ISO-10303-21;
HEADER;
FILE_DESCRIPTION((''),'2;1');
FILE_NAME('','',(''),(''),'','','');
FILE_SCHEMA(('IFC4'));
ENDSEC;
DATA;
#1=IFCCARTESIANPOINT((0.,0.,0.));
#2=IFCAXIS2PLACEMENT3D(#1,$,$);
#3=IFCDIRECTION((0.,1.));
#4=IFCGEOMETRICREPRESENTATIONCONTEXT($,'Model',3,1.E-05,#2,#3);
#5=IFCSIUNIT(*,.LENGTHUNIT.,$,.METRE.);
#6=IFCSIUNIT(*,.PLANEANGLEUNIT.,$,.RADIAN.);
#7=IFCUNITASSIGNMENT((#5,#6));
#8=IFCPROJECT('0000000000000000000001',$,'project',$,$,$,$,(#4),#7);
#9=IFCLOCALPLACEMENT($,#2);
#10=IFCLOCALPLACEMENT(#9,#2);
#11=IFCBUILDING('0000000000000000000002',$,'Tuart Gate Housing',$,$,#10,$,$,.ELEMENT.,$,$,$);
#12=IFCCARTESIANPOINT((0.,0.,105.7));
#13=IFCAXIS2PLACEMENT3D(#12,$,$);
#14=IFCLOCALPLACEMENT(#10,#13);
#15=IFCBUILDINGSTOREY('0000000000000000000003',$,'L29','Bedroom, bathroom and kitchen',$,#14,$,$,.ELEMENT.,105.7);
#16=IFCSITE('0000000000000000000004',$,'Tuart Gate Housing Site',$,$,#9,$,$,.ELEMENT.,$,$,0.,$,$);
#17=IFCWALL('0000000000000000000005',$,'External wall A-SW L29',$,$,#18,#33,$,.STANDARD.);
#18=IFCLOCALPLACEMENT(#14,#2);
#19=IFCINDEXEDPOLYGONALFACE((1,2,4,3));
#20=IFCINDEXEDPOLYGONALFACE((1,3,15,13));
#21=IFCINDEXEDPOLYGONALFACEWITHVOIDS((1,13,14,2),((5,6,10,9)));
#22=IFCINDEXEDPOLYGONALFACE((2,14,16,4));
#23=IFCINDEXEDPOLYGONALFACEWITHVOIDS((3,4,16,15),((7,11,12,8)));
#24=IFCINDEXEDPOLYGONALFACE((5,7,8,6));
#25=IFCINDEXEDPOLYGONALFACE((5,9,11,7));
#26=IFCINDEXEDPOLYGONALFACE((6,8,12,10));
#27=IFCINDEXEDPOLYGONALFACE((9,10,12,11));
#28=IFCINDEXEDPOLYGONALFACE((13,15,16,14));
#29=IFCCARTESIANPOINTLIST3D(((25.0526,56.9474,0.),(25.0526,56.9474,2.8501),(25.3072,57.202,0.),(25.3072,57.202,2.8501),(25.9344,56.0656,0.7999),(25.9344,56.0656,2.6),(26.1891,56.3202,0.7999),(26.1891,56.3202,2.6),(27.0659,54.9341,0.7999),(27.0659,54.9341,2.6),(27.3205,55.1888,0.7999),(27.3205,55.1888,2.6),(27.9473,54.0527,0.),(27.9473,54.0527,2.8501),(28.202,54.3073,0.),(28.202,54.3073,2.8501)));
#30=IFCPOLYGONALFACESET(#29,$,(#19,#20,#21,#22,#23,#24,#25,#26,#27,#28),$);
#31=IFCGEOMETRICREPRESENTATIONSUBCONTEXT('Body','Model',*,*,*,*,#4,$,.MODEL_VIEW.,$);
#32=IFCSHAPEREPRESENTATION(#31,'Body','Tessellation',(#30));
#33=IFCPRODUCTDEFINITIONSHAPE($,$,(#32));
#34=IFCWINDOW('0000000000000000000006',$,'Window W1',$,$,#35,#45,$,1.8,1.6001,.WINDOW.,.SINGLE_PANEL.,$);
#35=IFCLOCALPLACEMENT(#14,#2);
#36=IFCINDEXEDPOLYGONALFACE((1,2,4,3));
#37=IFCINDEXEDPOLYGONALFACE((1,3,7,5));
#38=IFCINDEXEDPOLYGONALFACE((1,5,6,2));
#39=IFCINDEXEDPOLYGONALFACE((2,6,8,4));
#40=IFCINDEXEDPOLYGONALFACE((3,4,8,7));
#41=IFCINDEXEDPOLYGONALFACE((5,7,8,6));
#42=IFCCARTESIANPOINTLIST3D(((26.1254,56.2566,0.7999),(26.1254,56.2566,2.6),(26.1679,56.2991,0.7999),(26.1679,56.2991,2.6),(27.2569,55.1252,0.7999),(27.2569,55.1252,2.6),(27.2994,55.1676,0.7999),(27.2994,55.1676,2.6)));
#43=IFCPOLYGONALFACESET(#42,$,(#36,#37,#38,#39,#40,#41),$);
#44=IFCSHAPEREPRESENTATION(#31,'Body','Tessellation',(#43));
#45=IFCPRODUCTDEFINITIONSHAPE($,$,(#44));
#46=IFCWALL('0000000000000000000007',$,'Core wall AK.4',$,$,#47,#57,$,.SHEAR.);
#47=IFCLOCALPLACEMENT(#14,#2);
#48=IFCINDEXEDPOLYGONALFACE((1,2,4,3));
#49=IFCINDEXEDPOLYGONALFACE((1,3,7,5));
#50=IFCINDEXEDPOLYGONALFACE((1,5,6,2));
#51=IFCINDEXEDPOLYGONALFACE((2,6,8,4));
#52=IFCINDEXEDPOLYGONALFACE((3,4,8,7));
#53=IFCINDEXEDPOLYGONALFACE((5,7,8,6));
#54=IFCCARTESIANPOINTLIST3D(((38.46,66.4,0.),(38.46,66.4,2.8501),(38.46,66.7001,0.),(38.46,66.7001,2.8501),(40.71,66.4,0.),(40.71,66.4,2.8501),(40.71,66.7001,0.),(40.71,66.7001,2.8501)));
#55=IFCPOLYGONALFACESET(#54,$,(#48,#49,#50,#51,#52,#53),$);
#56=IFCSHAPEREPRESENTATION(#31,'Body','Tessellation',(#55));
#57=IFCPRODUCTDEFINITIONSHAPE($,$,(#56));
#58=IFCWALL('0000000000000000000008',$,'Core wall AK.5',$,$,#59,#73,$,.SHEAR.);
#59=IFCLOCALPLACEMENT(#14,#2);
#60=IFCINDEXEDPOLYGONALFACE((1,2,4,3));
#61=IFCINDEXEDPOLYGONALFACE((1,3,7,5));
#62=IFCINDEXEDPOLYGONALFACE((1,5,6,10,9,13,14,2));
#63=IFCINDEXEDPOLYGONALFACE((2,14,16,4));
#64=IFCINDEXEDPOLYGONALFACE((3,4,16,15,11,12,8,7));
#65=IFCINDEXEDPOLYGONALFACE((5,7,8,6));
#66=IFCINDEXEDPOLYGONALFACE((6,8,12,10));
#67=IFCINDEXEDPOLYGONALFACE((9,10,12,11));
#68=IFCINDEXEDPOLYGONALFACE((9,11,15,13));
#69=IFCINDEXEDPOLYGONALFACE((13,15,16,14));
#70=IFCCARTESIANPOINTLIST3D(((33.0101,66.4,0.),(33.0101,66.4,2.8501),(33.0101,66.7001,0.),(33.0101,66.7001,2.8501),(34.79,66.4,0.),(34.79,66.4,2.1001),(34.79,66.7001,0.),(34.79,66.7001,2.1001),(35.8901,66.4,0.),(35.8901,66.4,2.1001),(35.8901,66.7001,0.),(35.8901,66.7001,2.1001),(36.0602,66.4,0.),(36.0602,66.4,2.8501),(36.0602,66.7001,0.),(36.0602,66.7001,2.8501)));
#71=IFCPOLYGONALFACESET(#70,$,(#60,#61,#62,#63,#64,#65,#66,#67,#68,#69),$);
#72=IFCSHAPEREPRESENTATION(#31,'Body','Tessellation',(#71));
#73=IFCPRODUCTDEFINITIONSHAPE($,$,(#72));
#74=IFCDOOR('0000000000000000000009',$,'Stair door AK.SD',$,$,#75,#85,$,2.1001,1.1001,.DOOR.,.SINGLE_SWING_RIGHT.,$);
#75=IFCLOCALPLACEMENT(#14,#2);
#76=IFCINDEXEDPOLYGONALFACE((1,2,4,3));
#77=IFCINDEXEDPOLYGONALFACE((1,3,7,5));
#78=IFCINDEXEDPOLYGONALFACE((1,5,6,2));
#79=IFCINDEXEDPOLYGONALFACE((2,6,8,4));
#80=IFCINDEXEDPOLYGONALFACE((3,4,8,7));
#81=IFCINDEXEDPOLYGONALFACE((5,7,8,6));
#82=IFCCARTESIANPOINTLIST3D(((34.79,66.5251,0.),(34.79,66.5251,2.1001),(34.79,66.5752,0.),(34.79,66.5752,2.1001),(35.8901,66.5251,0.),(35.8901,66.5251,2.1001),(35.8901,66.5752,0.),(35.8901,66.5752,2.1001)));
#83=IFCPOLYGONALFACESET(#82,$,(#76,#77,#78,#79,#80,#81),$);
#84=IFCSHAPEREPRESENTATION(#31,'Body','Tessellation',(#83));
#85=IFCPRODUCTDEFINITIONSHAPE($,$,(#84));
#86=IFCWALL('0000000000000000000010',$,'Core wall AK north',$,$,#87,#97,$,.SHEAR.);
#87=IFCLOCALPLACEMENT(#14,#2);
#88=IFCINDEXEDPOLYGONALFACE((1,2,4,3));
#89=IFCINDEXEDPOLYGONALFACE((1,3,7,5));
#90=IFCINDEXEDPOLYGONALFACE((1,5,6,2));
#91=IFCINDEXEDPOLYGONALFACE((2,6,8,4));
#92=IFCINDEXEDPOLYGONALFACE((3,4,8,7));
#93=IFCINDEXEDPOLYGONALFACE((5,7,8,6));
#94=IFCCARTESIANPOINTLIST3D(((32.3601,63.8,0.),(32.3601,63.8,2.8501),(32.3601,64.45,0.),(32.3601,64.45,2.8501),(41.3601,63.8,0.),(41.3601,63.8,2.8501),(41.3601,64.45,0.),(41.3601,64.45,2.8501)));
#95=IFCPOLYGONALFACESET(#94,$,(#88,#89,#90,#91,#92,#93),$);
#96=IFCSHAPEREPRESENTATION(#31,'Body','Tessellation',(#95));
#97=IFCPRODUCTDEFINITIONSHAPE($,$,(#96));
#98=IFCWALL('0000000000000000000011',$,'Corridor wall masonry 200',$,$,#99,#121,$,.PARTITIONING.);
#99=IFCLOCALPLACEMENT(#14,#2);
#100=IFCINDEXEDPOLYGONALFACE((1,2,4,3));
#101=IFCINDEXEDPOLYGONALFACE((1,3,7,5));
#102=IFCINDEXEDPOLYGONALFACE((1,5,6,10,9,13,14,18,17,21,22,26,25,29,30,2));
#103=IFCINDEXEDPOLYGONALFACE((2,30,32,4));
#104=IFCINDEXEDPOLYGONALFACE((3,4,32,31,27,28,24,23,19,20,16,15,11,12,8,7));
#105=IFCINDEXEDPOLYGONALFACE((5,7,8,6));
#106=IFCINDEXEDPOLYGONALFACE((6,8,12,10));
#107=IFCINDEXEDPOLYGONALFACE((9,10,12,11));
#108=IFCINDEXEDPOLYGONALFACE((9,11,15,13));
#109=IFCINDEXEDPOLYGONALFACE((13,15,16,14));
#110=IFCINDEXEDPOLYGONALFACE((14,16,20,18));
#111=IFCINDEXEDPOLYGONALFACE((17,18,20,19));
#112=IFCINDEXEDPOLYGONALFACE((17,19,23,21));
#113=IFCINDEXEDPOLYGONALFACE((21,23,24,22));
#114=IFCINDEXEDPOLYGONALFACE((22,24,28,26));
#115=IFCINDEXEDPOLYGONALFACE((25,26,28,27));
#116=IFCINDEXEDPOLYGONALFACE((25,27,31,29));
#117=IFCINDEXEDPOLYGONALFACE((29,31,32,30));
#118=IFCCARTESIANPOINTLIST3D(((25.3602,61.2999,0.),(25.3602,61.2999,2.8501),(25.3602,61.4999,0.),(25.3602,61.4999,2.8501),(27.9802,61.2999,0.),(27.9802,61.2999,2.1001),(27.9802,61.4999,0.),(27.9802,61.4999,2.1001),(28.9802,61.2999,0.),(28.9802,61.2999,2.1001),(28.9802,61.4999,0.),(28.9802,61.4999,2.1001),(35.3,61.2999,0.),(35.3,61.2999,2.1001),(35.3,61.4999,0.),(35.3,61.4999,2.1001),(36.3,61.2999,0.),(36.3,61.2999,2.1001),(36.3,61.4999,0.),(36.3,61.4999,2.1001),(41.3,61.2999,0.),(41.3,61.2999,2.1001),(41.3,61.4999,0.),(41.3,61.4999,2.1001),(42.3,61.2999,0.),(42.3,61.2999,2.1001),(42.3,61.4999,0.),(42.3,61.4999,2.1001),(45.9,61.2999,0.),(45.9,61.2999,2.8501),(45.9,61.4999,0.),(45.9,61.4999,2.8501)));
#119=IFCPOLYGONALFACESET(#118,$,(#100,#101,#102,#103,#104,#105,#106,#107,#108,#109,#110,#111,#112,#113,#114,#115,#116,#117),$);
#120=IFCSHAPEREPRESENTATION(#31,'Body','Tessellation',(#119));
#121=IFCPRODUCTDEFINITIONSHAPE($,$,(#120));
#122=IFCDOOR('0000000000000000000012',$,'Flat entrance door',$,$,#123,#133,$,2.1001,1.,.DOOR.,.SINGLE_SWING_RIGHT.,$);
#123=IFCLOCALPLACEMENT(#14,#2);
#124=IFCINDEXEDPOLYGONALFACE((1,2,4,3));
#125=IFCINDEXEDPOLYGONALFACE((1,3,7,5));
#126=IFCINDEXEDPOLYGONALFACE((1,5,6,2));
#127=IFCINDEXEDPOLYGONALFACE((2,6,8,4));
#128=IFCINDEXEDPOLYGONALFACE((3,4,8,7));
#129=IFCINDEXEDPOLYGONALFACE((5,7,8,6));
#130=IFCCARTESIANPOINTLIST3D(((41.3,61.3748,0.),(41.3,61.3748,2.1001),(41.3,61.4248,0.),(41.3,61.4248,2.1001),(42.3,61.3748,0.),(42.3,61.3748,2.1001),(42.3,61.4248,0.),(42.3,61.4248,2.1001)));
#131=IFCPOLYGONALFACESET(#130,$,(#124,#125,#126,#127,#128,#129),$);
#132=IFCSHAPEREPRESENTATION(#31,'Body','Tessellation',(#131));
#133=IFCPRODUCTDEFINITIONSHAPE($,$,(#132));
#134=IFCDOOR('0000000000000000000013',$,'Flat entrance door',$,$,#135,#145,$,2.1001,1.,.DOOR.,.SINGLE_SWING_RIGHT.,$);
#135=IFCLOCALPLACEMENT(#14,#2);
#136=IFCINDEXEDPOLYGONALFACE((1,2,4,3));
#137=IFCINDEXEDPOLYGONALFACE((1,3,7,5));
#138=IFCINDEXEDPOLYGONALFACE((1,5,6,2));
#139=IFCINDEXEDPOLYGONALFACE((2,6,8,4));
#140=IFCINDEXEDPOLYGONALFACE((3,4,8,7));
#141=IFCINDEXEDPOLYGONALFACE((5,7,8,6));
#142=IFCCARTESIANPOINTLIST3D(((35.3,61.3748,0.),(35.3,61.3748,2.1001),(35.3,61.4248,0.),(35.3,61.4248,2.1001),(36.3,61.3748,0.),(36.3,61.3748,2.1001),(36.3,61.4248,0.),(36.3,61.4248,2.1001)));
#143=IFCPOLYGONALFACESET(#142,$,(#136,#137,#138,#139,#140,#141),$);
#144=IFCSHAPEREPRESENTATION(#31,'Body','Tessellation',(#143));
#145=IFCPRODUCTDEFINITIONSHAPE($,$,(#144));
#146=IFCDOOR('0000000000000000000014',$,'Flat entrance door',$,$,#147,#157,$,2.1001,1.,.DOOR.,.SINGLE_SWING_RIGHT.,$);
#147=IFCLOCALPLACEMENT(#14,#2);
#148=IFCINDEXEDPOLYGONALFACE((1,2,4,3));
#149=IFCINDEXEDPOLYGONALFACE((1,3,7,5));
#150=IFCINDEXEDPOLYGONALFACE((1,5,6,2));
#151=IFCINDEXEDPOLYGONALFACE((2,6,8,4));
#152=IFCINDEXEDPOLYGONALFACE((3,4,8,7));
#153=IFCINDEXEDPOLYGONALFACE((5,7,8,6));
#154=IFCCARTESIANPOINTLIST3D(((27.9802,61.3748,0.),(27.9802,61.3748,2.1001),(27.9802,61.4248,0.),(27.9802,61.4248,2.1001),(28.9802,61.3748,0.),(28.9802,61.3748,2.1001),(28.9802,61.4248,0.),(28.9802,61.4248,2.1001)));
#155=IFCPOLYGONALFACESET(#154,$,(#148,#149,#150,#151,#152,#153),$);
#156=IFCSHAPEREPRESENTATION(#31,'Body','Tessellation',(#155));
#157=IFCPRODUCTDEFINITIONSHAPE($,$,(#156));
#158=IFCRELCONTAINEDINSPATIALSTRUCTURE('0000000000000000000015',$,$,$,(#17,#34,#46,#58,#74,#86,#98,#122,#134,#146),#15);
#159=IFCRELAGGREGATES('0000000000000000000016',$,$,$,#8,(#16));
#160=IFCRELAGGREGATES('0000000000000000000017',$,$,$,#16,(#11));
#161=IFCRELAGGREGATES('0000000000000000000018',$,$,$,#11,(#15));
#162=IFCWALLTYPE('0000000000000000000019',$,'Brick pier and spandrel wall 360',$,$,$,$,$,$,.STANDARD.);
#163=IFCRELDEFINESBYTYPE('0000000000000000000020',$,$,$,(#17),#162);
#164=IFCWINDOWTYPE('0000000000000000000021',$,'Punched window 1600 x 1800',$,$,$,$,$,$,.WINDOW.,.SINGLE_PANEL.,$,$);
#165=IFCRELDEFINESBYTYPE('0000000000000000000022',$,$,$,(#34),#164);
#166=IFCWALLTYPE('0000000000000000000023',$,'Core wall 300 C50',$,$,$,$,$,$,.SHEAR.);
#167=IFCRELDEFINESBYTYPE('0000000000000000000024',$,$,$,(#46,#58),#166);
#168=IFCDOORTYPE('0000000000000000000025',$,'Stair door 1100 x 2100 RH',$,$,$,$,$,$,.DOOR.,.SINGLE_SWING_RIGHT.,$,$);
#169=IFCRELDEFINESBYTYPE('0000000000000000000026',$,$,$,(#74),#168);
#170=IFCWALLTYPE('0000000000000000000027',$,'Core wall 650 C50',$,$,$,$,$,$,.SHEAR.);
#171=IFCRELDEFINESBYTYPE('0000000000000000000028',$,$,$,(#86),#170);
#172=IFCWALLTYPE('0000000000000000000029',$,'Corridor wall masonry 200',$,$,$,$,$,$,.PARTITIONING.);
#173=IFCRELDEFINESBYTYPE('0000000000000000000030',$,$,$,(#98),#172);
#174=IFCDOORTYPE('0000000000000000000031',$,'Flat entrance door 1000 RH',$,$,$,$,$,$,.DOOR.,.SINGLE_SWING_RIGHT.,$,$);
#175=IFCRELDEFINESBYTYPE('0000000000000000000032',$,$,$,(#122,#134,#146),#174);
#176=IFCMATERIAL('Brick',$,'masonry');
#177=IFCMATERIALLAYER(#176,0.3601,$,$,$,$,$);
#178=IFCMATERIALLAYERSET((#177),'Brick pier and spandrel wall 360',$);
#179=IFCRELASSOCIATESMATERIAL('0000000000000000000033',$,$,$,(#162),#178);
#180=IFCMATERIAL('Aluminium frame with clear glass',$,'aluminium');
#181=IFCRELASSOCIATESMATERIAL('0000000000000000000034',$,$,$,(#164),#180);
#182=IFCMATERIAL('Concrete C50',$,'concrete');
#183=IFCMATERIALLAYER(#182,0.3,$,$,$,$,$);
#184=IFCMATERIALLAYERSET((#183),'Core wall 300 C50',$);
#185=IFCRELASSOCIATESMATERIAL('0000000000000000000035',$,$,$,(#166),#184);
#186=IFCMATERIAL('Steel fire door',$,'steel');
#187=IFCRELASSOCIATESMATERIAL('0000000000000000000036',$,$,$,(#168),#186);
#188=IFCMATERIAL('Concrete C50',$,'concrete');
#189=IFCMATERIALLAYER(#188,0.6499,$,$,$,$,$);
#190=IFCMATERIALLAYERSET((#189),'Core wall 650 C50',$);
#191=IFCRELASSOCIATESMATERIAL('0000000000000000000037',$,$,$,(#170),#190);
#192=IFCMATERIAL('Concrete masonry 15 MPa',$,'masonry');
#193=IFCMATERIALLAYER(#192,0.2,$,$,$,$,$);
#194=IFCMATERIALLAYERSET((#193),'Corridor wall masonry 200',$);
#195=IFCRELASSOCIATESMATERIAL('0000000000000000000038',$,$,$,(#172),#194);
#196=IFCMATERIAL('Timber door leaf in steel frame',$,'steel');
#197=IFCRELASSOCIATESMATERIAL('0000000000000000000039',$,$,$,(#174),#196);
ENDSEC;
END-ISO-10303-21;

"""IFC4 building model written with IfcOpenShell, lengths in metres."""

from ifc_helpers import new_model, si_unit, direction, frame, frame_2d, origin, place, context, subcontext, project, spatial, rectangle, extrude, material, layer, layer_set, type_object, element, fill, save


model = new_model("IFC4")

# Units and contexts
model_context = context("Model", 3, precision=1e-05, world=origin(), true_north=direction((0.0, 1.0)))
body_context = subcontext(model_context, "Body", "Model", "MODEL_VIEW")
ifc_project = project(units=[si_unit("LENGTHUNIT", "METRE"), si_unit("PLANEANGLEUNIT", "RADIAN")], contexts=[model_context])

# Site, building, storey
site_placement = place(None, origin())
site = spatial("IfcSite", under=ifc_project, at=site_placement, Name="Tuart Gate Housing Site", CompositionType="ELEMENT", RefElevation=0.0)
building_placement = place(site_placement, origin())
building = spatial("IfcBuilding", under=site, at=building_placement, Name="Tuart Gate Housing", CompositionType="ELEMENT")
storey_placement = place(building_placement, frame((0.0, 0.0, 105.7)))
storey = spatial("IfcBuildingStorey", under=building, at=storey_placement, Name="L29", Description="Bedroom, bathroom and kitchen", CompositionType="ELEMENT", Elevation=105.7)

# Wall, opening, window
ifc_material_1 = material(Name="Brick", Category="masonry")
ifc_layer_1 = layer(ifc_material_1, 0.3601)
ifc_layer_set_1 = layer_set([ifc_layer_1], Name="Brick pier and spandrel wall 360")
wall_type_1 = type_object("IfcWallType", Name="Brick pier and spandrel wall 360", PredefinedType="STANDARD", material=ifc_layer_set_1)
wall_1_placement = place(storey_placement, frame((25.1799, 57.0747, 0.0), z_axis=(0.0, 0.0, 1.0), x_axis=(0.707107, -0.707107, 0.0)))
wall_1 = element("IfcWall", 1, at=wall_1_placement, inside=storey, type_object=wall_type_1, Name="External wall A-SW L29", PredefinedType="STANDARD", context=body_context, shape_type="SweptSolid", body=[
    extrude(rectangle(XDim=4.0938, YDim=0.3601, at=frame_2d((2.0469, 0.0))), origin(), (0.0, 0.0, 1.0), 2.8501),
])
opening_1_placement = place(wall_1_placement, frame((1.2471, 0.0, 0.8)))
opening_1 = element("IfcOpeningElement", 2, at=opening_1_placement, cuts=wall_1, PredefinedType="OPENING", context=body_context, shape_type="SweptSolid", body=[
    extrude(rectangle(XDim=1.6001, YDim=1.8, at=frame_2d((0.8, 0.8999))), frame((0.0, 0.1899, 0.0), z_axis=(0.0, -1.0, 0.0), x_axis=(1.0, 0.0, 0.0)), (0.0, 0.0, 1.0), 0.3801),
])
ifc_material_2 = material(Name="Aluminium frame with clear glass", Category="aluminium")
window_type = type_object("IfcWindowType", Name="Punched window 1600 x 1800", PartitioningType="SINGLE_PANEL", PredefinedType="WINDOW", material=ifc_material_2)
window_placement = place(opening_1_placement, origin())
window = element("IfcWindow", 3, at=window_placement, inside=storey, type_object=window_type, Name="Window W1", OverallHeight=1.8, OverallWidth=1.6001, PartitioningType="SINGLE_PANEL", PredefinedType="WINDOW", context=body_context, shape_type="SweptSolid", body=[
    extrude(rectangle(XDim=1.6001, YDim=1.8, at=frame_2d((0.8, 0.8999))), frame((0.0, 0.1501, 0.0), z_axis=(0.0, -1.0, 0.0), x_axis=(1.0, 0.0, 0.0)), (0.0, 0.0, 1.0), 0.0601),
])
fill(opening_1, window)

# Wall
ifc_material_3 = material(Name="Concrete C50", Category="concrete")
ifc_layer_2 = layer(ifc_material_3, 0.3)
ifc_layer_set_2 = layer_set([ifc_layer_2], Name="Core wall 300 C50")
wall_type_2 = type_object("IfcWallType", Name="Core wall 300 C50", PredefinedType="SHEAR", material=ifc_layer_set_2)
wall_2_placement = place(storey_placement, frame((40.71, 66.55, 0.0), z_axis=(0.0, 0.0, 1.0), x_axis=(-1.0, 0.0, 0.0)))
element("IfcWall", 4, at=wall_2_placement, inside=storey, type_object=wall_type_2, Name="Core wall AK.4", PredefinedType="SHEAR", context=body_context, shape_type="SweptSolid", body=[
    extrude(rectangle(XDim=2.25, YDim=0.3, at=frame_2d((1.125, 0.0))), origin(), (0.0, 0.0, 1.0), 2.8501),
])

# Wall, opening, door
wall_3_placement = place(storey_placement, frame((36.0601, 66.55, 0.0), z_axis=(0.0, 0.0, 1.0), x_axis=(-1.0, 0.0, 0.0)))
wall_3 = element("IfcWall", 5, at=wall_3_placement, inside=storey, type_object=wall_type_2, Name="Core wall AK.5", PredefinedType="SHEAR", context=body_context, shape_type="SweptSolid", body=[
    extrude(rectangle(XDim=3.05, YDim=0.3, at=frame_2d((1.5249, 0.0))), origin(), (0.0, 0.0, 1.0), 2.8501),
])
opening_2_placement = place(wall_3_placement, frame((0.1699, 0.0, 0.0)))
opening_2 = element("IfcOpeningElement", 6, at=opening_2_placement, cuts=wall_3, PredefinedType="OPENING", context=body_context, shape_type="SweptSolid", body=[
    extrude(rectangle(XDim=1.1001, YDim=2.1001, at=frame_2d((0.55, 1.05))), frame((0.0, 0.1599, 0.0), z_axis=(0.0, -1.0, 0.0), x_axis=(1.0, 0.0, 0.0)), (0.0, 0.0, 1.0), 0.3201),
])
ifc_material_4 = material(Name="Steel fire door", Category="steel")
door_type_1 = type_object("IfcDoorType", Name="Stair door 1100 x 2100 RH", OperationType="SINGLE_SWING_RIGHT", PredefinedType="DOOR", material=ifc_material_4)
door_1_placement = place(opening_2_placement, frame((1.1001, 0.0, 0.0), z_axis=(0.0, 0.0, 1.0), x_axis=(-1.0, 0.0, 0.0)))
door_1 = element("IfcDoor", 7, at=door_1_placement, inside=storey, type_object=door_type_1, Name="Stair door AK.SD", OperationType="SINGLE_SWING_RIGHT", OverallHeight=2.1001, OverallWidth=1.1001, PredefinedType="DOOR", context=body_context, shape_type="SweptSolid", body=[
    extrude(rectangle(XDim=1.1001, YDim=2.1001, at=frame_2d((0.55, 1.05))), frame((0.0, 0.0251, 0.0), z_axis=(0.0, -1.0, 0.0), x_axis=(1.0, 0.0, 0.0)), (0.0, 0.0, 1.0), 0.05),
])
fill(opening_2, door_1)

# Wall
ifc_material_5 = material(Name="Concrete C50", Category="concrete")
ifc_layer_3 = layer(ifc_material_5, 0.6499)
ifc_layer_set_3 = layer_set([ifc_layer_3], Name="Core wall 650 C50")
wall_type_3 = type_object("IfcWallType", Name="Core wall 650 C50", PredefinedType="SHEAR", material=ifc_layer_set_3)
wall_4_placement = place(storey_placement, frame((41.3601, 64.125, 0.0), z_axis=(0.0, 0.0, 1.0), x_axis=(-1.0, 0.0, 0.0)))
element("IfcWall", 8, at=wall_4_placement, inside=storey, type_object=wall_type_3, Name="Core wall AK north", PredefinedType="SHEAR", context=body_context, shape_type="SweptSolid", body=[
    extrude(rectangle(XDim=9.0, YDim=0.6499, at=frame_2d((4.5, 0.0))), origin(), (0.0, 0.0, 1.0), 2.8501),
])

# Wall, openings, doors
ifc_material_6 = material(Name="Concrete masonry 15 MPa", Category="masonry")
ifc_layer_4 = layer(ifc_material_6, 0.2)
ifc_layer_set_4 = layer_set([ifc_layer_4], Name="Corridor wall masonry 200")
wall_type_4 = type_object("IfcWallType", Name="Corridor wall masonry 200", PredefinedType="PARTITIONING", material=ifc_layer_set_4)
wall_5_placement = place(storey_placement, frame((25.3601, 61.3999, 0.0), z_axis=(0.0, 0.0, 1.0), x_axis=(1.0, 0.0, 0.0)))
wall_5 = element("IfcWall", 9, at=wall_5_placement, inside=storey, type_object=wall_type_4, Name="Corridor wall masonry 200", PredefinedType="PARTITIONING", context=body_context, shape_type="SweptSolid", body=[
    extrude(rectangle(XDim=20.5398, YDim=0.2, at=frame_2d((10.27, 0.0))), origin(), (0.0, 0.0, 1.0), 2.8501),
])
opening_3_placement = place(wall_5_placement, frame((15.9399, 0.0, 0.0)))
opening_3 = element("IfcOpeningElement", 10, at=opening_3_placement, cuts=wall_5, PredefinedType="OPENING", context=body_context, shape_type="SweptSolid", body=[
    extrude(rectangle(XDim=1.0, YDim=2.1001, at=frame_2d((0.5, 1.05))), frame((0.0, 0.1099, 0.0), z_axis=(0.0, -1.0, 0.0), x_axis=(1.0, 0.0, 0.0)), (0.0, 0.0, 1.0), 0.22),
])
opening_4_placement = place(wall_5_placement, frame((9.9399, 0.0, 0.0)))
opening_4 = element("IfcOpeningElement", 11, at=opening_4_placement, cuts=wall_5, PredefinedType="OPENING", context=body_context, shape_type="SweptSolid", body=[
    extrude(rectangle(XDim=1.0, YDim=2.1001, at=frame_2d((0.5, 1.05))), frame((0.0, 0.1099, 0.0), z_axis=(0.0, -1.0, 0.0), x_axis=(1.0, 0.0, 0.0)), (0.0, 0.0, 1.0), 0.22),
])
opening_5_placement = place(wall_5_placement, frame((2.6201, 0.0, 0.0)))
opening_5 = element("IfcOpeningElement", 12, at=opening_5_placement, cuts=wall_5, PredefinedType="OPENING", context=body_context, shape_type="SweptSolid", body=[
    extrude(rectangle(XDim=1.0, YDim=2.1001, at=frame_2d((0.5, 1.05))), frame((0.0, 0.1099, 0.0), z_axis=(0.0, -1.0, 0.0), x_axis=(1.0, 0.0, 0.0)), (0.0, 0.0, 1.0), 0.22),
])
ifc_material_7 = material(Name="Timber door leaf in steel frame", Category="steel")
door_type_2 = type_object("IfcDoorType", Name="Flat entrance door 1000 RH", OperationType="SINGLE_SWING_RIGHT", PredefinedType="DOOR", material=ifc_material_7)
door_2_placement = place(opening_3_placement, frame((1.0, 0.0, 0.0), z_axis=(0.0, 0.0, 1.0), x_axis=(-1.0, 0.0, 0.0)))
door_2 = element("IfcDoor", 13, at=door_2_placement, inside=storey, type_object=door_type_2, Name="Flat entrance door", OperationType="SINGLE_SWING_RIGHT", OverallHeight=2.1001, OverallWidth=1.0, PredefinedType="DOOR", context=body_context, shape_type="SweptSolid", body=[
    extrude(rectangle(XDim=1.0, YDim=2.1001, at=frame_2d((0.5, 1.05))), frame((0.0, 0.0251, 0.0), z_axis=(0.0, -1.0, 0.0), x_axis=(1.0, 0.0, 0.0)), (0.0, 0.0, 1.0), 0.05),
])
fill(opening_3, door_2)
door_3_placement = place(opening_4_placement, frame((1.0, 0.0, 0.0), z_axis=(0.0, 0.0, 1.0), x_axis=(-1.0, 0.0, 0.0)))
door_3 = element("IfcDoor", 14, at=door_3_placement, inside=storey, type_object=door_type_2, Name="Flat entrance door", OperationType="SINGLE_SWING_RIGHT", OverallHeight=2.1001, OverallWidth=1.0, PredefinedType="DOOR", context=body_context, shape_type="SweptSolid", body=[
    extrude(rectangle(XDim=1.0, YDim=2.1001, at=frame_2d((0.5, 1.05))), frame((0.0, 0.0251, 0.0), z_axis=(0.0, -1.0, 0.0), x_axis=(1.0, 0.0, 0.0)), (0.0, 0.0, 1.0), 0.05),
])
fill(opening_4, door_3)
door_4_placement = place(opening_5_placement, frame((1.0, 0.0, 0.0), z_axis=(0.0, 0.0, 1.0), x_axis=(-1.0, 0.0, 0.0)))
door_4 = element("IfcDoor", 15, at=door_4_placement, inside=storey, type_object=door_type_2, Name="Flat entrance door", OperationType="SINGLE_SWING_RIGHT", OverallHeight=2.1001, OverallWidth=1.0, PredefinedType="DOOR", context=body_context, shape_type="SweptSolid", body=[
    extrude(rectangle(XDim=1.0, YDim=2.1001, at=frame_2d((0.5, 1.05))), frame((0.0, 0.0251, 0.0), z_axis=(0.0, -1.0, 0.0), x_axis=(1.0, 0.0, 0.0)), (0.0, 0.0, 1.0), 0.05),
])
fill(opening_5, door_4)

save(model, "model.ifc")
